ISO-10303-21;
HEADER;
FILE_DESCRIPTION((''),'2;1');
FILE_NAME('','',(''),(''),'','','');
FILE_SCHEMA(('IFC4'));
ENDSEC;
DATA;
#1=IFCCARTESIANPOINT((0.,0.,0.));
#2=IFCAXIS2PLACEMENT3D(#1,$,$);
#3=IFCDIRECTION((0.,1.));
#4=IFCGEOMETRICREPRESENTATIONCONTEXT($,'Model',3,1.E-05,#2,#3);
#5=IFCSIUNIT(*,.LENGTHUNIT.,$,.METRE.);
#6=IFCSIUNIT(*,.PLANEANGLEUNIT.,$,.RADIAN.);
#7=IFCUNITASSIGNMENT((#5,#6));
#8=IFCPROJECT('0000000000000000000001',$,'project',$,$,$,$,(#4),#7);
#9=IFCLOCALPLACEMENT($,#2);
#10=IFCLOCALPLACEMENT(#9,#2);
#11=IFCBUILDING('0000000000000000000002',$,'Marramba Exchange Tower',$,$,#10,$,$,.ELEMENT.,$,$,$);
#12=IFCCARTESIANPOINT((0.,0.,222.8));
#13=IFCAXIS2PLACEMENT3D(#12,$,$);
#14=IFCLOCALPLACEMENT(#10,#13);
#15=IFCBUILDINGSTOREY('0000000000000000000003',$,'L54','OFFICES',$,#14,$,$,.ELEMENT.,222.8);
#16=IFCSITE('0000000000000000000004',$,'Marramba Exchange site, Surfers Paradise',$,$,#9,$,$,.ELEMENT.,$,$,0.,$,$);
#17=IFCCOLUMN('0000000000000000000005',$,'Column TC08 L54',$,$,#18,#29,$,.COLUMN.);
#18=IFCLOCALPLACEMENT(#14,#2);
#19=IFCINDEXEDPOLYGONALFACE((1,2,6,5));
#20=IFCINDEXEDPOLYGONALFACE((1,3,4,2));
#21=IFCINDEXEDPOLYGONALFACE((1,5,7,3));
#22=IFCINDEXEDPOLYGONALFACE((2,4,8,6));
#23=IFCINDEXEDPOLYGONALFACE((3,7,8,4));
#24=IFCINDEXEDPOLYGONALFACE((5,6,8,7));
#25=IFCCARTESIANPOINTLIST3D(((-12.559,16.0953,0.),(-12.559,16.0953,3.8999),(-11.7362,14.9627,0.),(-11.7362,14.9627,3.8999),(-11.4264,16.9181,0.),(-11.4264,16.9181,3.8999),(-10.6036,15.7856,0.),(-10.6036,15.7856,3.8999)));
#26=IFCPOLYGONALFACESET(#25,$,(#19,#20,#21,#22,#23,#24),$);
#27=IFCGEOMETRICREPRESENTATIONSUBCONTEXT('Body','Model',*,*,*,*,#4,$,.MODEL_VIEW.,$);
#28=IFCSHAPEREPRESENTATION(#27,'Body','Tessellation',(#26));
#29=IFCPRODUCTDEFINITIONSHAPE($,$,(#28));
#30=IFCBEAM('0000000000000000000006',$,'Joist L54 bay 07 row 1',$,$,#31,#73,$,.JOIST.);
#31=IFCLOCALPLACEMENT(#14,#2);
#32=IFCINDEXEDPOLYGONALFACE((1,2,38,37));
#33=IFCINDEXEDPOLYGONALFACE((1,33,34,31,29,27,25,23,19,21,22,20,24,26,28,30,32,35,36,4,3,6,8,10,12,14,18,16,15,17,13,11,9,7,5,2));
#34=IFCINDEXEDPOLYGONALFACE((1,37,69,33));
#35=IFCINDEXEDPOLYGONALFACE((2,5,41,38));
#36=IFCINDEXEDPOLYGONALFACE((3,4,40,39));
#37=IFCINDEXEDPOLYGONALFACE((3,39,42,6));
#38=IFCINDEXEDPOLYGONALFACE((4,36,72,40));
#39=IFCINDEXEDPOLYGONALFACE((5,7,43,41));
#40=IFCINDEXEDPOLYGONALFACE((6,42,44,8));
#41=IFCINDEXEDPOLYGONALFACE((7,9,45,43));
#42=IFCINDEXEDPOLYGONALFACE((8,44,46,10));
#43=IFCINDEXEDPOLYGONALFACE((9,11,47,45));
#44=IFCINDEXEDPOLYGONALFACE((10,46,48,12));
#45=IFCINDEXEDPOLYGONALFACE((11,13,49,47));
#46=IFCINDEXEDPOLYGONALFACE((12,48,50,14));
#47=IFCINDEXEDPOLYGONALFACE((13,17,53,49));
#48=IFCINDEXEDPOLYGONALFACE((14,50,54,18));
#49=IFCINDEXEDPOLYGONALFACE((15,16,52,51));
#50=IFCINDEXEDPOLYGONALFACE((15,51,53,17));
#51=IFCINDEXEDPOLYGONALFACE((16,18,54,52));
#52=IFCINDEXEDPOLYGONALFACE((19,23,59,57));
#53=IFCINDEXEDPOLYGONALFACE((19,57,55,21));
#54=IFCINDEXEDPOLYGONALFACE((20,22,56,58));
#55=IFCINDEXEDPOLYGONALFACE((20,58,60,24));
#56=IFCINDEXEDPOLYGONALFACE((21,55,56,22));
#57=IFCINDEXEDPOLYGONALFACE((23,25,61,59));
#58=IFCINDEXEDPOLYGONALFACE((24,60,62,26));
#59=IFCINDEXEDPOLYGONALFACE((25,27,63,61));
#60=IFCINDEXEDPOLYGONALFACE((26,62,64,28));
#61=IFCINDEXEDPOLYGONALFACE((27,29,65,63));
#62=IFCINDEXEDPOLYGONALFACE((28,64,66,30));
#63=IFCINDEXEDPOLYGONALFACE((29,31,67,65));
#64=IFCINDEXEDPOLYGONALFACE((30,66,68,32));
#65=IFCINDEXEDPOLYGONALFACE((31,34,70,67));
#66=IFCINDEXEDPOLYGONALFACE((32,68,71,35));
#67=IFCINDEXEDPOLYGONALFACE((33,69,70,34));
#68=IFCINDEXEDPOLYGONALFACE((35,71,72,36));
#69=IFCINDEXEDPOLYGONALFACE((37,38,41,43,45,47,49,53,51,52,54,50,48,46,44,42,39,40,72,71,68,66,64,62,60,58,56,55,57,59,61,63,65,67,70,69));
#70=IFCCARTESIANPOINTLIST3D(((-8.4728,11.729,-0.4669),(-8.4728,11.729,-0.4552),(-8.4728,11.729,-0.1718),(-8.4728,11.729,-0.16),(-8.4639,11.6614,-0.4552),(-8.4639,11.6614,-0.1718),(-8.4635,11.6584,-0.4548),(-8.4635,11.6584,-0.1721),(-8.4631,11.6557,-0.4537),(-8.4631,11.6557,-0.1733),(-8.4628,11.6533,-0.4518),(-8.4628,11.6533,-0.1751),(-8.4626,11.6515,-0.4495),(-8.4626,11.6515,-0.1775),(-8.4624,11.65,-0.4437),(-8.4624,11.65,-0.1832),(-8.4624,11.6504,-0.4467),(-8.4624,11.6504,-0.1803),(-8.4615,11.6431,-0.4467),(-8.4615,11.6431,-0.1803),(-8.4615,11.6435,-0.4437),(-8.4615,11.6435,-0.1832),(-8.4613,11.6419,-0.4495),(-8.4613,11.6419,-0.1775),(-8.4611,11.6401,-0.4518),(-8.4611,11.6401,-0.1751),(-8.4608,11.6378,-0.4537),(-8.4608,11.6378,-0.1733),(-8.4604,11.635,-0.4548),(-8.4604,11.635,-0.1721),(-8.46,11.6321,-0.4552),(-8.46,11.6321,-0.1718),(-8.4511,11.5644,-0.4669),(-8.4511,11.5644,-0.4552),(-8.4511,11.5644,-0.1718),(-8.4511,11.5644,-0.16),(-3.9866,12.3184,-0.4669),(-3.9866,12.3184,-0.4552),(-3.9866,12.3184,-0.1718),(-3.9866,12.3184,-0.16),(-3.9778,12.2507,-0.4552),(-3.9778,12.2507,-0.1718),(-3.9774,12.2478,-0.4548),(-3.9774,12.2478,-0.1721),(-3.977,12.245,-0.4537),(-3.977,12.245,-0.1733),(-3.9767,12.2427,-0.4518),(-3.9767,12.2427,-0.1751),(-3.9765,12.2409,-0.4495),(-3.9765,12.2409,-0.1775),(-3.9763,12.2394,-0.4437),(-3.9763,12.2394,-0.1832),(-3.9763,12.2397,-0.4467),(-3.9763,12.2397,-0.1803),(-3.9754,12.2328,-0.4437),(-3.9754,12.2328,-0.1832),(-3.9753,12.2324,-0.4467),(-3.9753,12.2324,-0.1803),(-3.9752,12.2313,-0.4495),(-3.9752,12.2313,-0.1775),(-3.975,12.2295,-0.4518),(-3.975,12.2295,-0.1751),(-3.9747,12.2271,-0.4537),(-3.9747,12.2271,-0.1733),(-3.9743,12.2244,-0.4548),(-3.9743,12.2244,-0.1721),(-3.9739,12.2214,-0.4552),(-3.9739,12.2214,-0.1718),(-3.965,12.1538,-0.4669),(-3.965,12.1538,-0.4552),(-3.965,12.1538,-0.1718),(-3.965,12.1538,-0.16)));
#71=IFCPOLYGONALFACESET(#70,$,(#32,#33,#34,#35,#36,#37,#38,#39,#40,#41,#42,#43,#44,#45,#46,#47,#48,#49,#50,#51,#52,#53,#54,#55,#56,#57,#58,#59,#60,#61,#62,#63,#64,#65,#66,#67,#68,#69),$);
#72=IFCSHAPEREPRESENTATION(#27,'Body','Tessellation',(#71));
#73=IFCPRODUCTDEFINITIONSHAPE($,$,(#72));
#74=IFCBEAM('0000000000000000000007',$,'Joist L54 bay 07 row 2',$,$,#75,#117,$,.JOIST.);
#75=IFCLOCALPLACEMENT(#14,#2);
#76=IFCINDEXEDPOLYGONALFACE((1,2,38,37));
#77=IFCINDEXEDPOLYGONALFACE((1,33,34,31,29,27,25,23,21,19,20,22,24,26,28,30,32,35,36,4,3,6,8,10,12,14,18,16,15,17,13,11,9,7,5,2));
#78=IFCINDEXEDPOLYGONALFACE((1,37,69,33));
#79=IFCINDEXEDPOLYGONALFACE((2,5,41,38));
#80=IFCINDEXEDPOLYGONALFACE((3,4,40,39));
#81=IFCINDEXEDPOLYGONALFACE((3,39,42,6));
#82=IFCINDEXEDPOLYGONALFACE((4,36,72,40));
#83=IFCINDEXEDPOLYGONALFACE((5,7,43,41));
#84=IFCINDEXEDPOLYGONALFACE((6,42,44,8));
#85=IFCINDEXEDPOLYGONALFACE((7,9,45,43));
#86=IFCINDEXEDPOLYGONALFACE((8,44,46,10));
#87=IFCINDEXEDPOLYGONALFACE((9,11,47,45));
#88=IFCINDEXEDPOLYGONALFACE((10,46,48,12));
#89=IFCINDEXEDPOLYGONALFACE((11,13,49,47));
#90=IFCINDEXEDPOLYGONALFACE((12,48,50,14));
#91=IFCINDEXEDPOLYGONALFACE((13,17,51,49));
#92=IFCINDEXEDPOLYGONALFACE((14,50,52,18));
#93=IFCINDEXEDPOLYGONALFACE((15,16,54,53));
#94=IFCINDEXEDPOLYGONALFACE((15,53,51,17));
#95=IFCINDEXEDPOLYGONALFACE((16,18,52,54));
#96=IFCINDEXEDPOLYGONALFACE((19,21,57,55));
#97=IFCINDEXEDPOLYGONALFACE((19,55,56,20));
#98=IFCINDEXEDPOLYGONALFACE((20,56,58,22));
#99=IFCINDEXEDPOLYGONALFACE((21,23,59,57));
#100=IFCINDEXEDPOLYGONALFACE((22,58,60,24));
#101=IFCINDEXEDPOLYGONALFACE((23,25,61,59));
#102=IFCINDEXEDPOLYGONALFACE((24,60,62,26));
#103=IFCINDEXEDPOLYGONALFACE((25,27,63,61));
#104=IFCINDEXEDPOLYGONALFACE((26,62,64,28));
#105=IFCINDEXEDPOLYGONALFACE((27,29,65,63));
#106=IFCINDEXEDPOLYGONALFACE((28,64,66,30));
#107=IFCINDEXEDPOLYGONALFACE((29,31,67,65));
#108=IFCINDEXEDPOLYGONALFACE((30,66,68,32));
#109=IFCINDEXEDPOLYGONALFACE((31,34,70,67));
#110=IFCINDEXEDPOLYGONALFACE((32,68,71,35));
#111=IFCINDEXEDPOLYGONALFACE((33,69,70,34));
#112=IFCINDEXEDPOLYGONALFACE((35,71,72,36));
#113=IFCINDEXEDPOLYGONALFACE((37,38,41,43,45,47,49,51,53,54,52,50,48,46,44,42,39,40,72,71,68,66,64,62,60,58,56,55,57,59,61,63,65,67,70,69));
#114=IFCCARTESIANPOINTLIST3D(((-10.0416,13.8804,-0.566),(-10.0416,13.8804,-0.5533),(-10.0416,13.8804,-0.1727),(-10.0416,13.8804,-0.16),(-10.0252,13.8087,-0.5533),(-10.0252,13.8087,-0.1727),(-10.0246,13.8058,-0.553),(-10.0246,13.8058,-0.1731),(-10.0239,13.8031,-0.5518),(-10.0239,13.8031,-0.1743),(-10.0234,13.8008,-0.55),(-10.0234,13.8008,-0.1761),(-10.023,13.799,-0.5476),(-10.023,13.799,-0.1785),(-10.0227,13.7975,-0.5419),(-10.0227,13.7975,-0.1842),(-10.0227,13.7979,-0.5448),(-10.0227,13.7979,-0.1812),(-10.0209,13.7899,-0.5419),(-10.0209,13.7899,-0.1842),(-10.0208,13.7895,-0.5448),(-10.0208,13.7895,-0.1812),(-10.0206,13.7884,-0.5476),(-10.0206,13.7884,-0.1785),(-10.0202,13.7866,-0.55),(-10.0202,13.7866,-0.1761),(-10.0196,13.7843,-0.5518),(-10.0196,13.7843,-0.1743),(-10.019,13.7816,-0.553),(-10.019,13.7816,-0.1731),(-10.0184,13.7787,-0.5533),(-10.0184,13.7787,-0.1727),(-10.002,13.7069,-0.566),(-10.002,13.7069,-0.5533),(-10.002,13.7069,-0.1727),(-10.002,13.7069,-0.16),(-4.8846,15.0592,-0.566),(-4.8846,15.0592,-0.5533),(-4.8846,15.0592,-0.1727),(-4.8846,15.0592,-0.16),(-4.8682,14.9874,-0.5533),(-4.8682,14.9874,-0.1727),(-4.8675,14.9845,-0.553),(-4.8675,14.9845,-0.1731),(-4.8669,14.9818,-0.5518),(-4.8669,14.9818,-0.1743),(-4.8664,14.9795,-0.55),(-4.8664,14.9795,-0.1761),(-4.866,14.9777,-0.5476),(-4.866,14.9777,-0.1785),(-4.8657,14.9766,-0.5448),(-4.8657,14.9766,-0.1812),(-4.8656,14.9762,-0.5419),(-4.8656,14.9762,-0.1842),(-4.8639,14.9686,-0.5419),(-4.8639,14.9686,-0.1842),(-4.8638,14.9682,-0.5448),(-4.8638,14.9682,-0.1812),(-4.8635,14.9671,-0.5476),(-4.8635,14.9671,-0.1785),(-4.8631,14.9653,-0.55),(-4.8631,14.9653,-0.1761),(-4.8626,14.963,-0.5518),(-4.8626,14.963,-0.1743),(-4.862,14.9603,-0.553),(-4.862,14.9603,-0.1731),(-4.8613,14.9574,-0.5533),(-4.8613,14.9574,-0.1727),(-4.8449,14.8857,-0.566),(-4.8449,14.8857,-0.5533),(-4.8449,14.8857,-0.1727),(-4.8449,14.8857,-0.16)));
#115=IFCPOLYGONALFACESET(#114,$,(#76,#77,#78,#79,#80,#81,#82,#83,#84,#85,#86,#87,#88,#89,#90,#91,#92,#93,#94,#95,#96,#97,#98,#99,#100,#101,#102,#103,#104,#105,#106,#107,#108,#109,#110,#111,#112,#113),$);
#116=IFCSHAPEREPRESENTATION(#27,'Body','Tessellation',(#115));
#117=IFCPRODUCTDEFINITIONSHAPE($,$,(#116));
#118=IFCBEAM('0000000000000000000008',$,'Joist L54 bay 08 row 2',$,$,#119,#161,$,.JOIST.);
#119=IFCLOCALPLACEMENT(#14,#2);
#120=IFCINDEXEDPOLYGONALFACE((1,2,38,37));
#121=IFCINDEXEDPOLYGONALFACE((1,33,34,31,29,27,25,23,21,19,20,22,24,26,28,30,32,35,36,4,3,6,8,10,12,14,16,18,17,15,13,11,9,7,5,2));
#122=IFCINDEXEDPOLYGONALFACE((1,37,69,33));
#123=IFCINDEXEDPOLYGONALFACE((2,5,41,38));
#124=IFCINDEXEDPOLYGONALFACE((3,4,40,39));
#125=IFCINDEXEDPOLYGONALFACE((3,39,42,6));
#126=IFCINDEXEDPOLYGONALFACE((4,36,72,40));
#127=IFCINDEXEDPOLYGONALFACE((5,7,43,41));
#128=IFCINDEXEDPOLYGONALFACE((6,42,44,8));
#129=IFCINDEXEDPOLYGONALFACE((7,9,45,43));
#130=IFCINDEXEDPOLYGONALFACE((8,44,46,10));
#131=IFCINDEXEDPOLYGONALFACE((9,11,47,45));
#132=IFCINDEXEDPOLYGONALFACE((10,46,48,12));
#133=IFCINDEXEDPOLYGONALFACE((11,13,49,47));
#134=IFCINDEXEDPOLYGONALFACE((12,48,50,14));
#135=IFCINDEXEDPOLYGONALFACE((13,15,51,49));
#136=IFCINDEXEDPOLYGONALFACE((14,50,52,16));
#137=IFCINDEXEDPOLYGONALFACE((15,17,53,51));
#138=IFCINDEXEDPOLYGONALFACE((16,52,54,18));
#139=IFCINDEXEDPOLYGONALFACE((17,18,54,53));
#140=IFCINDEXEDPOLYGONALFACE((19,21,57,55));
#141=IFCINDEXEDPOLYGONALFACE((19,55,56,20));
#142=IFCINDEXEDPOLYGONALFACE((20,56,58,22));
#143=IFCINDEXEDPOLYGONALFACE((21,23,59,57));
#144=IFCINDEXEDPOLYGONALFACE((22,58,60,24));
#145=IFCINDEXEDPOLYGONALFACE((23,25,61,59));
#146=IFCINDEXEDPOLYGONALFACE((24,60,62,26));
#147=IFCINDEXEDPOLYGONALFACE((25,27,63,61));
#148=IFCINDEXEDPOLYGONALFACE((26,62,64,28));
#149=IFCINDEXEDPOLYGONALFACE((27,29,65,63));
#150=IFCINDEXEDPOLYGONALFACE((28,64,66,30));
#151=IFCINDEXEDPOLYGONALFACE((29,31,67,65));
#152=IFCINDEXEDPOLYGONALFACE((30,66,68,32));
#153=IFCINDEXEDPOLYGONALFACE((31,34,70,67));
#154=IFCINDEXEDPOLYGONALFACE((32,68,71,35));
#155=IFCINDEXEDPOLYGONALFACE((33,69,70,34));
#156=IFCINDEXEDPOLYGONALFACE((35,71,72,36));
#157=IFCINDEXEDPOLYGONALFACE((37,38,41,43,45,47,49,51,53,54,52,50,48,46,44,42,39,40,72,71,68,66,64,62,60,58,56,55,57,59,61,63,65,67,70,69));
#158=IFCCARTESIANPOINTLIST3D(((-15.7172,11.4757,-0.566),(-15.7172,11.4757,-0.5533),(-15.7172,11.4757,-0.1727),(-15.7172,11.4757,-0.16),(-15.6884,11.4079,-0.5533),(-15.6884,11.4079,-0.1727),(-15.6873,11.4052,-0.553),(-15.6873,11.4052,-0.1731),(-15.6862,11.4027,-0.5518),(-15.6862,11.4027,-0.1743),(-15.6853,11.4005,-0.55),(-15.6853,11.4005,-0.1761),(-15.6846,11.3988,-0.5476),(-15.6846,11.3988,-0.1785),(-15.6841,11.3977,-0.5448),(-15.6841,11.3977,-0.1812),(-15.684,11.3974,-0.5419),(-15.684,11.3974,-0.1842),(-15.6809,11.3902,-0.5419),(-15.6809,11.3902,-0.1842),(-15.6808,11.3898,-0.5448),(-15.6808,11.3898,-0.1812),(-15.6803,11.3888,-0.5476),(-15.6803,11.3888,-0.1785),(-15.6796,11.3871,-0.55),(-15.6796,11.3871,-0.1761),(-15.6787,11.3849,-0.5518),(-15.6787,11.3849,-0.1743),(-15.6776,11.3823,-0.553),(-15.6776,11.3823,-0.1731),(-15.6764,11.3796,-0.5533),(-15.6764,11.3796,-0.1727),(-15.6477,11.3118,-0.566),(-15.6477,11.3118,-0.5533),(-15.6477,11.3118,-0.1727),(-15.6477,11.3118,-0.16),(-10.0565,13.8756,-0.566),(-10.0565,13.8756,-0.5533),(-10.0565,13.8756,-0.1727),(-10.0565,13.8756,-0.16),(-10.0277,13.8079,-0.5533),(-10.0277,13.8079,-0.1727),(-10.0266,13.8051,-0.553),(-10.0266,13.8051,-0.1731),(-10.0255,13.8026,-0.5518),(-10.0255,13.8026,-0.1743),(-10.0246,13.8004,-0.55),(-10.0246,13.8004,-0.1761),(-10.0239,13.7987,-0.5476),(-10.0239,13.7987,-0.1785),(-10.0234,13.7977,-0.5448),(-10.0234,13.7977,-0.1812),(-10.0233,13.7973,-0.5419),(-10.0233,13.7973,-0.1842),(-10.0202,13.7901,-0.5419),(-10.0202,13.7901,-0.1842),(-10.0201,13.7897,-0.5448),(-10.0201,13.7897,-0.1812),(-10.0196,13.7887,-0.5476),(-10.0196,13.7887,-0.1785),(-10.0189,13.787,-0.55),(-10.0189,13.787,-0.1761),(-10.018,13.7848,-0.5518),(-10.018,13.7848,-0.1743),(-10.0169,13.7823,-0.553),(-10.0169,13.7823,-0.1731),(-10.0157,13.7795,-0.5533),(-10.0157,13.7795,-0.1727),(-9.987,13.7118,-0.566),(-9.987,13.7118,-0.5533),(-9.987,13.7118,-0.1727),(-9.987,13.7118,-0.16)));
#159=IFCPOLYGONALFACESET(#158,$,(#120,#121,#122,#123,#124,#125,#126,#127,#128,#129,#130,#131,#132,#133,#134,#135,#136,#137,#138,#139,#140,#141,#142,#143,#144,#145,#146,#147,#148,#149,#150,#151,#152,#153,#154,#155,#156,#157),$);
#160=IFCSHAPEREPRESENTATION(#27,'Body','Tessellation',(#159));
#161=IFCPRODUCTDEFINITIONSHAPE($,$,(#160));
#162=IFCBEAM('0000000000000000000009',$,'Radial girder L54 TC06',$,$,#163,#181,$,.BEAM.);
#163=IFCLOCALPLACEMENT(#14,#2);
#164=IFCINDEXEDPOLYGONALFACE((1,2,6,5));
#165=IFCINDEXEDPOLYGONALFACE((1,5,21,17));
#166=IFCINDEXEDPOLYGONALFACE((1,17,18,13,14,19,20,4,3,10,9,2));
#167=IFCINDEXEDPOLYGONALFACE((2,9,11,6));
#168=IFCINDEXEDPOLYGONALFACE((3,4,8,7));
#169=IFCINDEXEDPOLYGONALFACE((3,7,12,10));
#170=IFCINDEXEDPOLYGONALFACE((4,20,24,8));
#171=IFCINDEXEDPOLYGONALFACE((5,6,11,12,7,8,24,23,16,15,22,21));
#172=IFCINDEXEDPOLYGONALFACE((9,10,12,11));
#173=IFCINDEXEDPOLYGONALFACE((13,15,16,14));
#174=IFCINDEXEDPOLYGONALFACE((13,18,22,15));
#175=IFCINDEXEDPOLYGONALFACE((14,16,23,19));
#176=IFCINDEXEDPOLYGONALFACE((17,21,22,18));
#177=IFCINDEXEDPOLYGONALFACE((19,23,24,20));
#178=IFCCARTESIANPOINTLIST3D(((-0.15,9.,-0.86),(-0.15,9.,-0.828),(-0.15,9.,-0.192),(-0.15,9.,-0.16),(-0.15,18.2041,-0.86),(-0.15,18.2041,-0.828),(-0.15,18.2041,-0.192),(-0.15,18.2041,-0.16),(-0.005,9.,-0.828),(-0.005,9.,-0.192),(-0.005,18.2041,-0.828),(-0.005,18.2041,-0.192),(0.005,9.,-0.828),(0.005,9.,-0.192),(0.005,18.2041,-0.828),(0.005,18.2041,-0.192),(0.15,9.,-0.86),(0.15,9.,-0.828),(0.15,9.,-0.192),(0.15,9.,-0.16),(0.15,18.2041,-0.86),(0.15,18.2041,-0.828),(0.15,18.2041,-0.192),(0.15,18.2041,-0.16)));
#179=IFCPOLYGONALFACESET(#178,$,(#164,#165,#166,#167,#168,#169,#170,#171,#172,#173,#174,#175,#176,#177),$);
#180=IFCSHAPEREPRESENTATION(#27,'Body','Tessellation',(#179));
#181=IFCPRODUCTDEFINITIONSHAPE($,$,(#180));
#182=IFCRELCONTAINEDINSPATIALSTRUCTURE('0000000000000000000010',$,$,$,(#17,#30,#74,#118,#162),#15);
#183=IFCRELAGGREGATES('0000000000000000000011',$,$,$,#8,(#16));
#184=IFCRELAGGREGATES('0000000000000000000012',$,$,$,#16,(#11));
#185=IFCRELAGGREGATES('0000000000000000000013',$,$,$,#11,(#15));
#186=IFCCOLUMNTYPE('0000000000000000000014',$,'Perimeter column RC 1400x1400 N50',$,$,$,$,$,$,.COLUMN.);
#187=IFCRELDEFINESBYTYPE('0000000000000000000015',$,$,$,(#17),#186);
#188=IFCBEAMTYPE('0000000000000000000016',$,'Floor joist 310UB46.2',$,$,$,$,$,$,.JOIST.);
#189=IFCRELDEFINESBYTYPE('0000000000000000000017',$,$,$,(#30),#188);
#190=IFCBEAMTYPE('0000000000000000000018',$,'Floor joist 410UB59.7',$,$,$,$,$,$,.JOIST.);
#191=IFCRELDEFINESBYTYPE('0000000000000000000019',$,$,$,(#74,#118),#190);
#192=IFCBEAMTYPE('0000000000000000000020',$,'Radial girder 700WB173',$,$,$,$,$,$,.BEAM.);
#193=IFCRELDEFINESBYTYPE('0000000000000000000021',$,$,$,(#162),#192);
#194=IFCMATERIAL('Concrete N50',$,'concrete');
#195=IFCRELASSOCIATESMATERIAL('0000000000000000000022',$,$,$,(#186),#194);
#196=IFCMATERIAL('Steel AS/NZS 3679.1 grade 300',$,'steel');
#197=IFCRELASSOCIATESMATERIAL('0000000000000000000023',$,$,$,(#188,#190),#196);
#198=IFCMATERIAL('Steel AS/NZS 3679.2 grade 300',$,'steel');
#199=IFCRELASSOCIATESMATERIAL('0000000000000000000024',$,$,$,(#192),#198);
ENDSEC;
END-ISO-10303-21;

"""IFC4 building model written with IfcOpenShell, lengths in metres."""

from ifc_helpers import new_model, si_unit, direction, frame, origin, origin_2d, place, context, subcontext, project, spatial, rectangle, i_section, extrude, material, material_profile, profile_set, type_object, element, save


model = new_model("IFC4")

# Units and contexts
model_context = context("Model", 3, precision=1e-05, world=origin(), true_north=direction((0.0, 1.0)))
body_context = subcontext(model_context, "Body", "Model", "MODEL_VIEW")
ifc_project = project(units=[si_unit("LENGTHUNIT", "METRE"), si_unit("PLANEANGLEUNIT", "RADIAN")], contexts=[model_context])

# Site, building, storey
site_placement = place(None, origin())
site = spatial("IfcSite", under=ifc_project, at=site_placement, Name="Marramba Exchange site, Surfers Paradise", CompositionType="ELEMENT", RefElevation=0.0)
building_placement = place(site_placement, origin())
building = spatial("IfcBuilding", under=site, at=building_placement, Name="Marramba Exchange Tower", CompositionType="ELEMENT")
storey_placement = place(building_placement, frame((0.0, 0.0, 222.8)))
storey = spatial("IfcBuildingStorey", under=building, at=storey_placement, Name="L54", Description="OFFICES", CompositionType="ELEMENT", Elevation=222.8)

# Column
ifc_material_1 = material(Name="Concrete N50", Category="concrete")
ifc_material_profile_1 = material_profile(ifc_material_1, rectangle(XDim=1.3999, YDim=1.3999, at=origin_2d()), Name="RC 1400x1400")
ifc_profile_set_1 = profile_set([ifc_material_profile_1], Name="Concrete N50")
column_type = type_object("IfcColumnType", Name="Perimeter column RC 1400x1400 N50", PredefinedType="COLUMN", material=ifc_profile_set_1)
column_placement = place(storey_placement, frame((-11.5813, 15.9404, 0.0), z_axis=(0.0, 0.0, 1.0), x_axis=(-0.587785, 0.809017, 0.0)))
element("IfcColumn", 1, at=column_placement, inside=storey, type_object=column_type, Name="Column TC08 L54", PredefinedType="COLUMN", context=body_context, shape_type="SweptSolid", body=[
    extrude(rectangle(XDim=1.3999, YDim=1.3999, at=origin_2d()), origin(), (0.0, 0.0, 1.0), 3.8999),
])

# Beams
ifc_material_2 = material(Name="Steel AS/NZS 3679.1 grade 300", Category="steel")
ifc_material_profile_2 = material_profile(ifc_material_2, i_section(OverallWidth=0.166, OverallDepth=0.3069, WebThickness=0.0066, FlangeThickness=0.0117, FilletRadius=0.0115, at=origin_2d()), Name="310UB46.2")
ifc_profile_set_2 = profile_set([ifc_material_profile_2], Name="Steel AS/NZS 3679.1 grade 300")
beam_type_1 = type_object("IfcBeamType", Name="Floor joist 310UB46.2", PredefinedType="JOIST", material=ifc_profile_set_2)
beam_1_placement = place(storey_placement, frame((-3.9758, 12.2361, -0.3135), z_axis=(-0.991481, -0.130255, 0.0), x_axis=(0.130255, -0.991481, 0.0)))
element("IfcBeam", 2, at=beam_1_placement, inside=storey, type_object=beam_type_1, Name="Joist L54 bay 07 row 1", PredefinedType="JOIST", context=body_context, shape_type="SweptSolid", body=[
    extrude(i_section(OverallWidth=0.166, OverallDepth=0.3069, WebThickness=0.0066, FlangeThickness=0.0117, FilletRadius=0.0115, at=origin_2d()), origin(), (0.0, 0.0, 1.0), 4.5247),
])
ifc_material_profile_3 = material_profile(ifc_material_2, i_section(OverallWidth=0.178, OverallDepth=0.406, WebThickness=0.0078, FlangeThickness=0.0127, FilletRadius=0.0115, at=origin_2d()), Name="410UB59.7")
ifc_profile_set_3 = profile_set([ifc_material_profile_3], Name="Steel AS/NZS 3679.1 grade 300")
beam_type_2 = type_object("IfcBeamType", Name="Floor joist 410UB59.7", PredefinedType="JOIST", material=ifc_profile_set_3)
beam_2_placement = place(storey_placement, frame((-4.8647, 14.9724, -0.363), z_axis=(-0.97486, -0.22282, 0.0), x_axis=(0.22282, -0.97486, 0.0)))
element("IfcBeam", 3, at=beam_2_placement, inside=storey, type_object=beam_type_2, Name="Joist L54 bay 07 row 2", PredefinedType="JOIST", context=body_context, shape_type="SweptSolid", body=[
    extrude(i_section(OverallWidth=0.178, OverallDepth=0.406, WebThickness=0.0078, FlangeThickness=0.0127, FilletRadius=0.0115, at=origin_2d()), origin(), (0.0, 0.0, 1.0), 5.29),
])
beam_3_placement = place(storey_placement, frame((-10.0217, 13.7937, -0.363), z_axis=(-0.920674, -0.390332, 0.0), x_axis=(0.390332, -0.920674, 0.0)))
element("IfcBeam", 4, at=beam_3_placement, inside=storey, type_object=beam_type_2, Name="Joist L54 bay 08 row 2", PredefinedType="JOIST", context=body_context, shape_type="SweptSolid", body=[
    extrude(i_section(OverallWidth=0.178, OverallDepth=0.406, WebThickness=0.0078, FlangeThickness=0.0127, FilletRadius=0.0115, at=origin_2d()), origin(), (0.0, 0.0, 1.0), 6.1484),
])
ifc_material_3 = material(Name="Steel AS/NZS 3679.2 grade 300", Category="steel")
ifc_material_profile_4 = material_profile(ifc_material_3, i_section(OverallWidth=0.3, OverallDepth=0.7, WebThickness=0.01, FlangeThickness=0.032, at=origin_2d()), Name="700WB173")
ifc_profile_set_4 = profile_set([ifc_material_profile_4], Name="Steel AS/NZS 3679.2 grade 300")
beam_type_3 = type_object("IfcBeamType", Name="Radial girder 700WB173", PredefinedType="BEAM", material=ifc_profile_set_4)
beam_4_placement = place(storey_placement, frame((0.0, 9.0, -0.51), z_axis=(0.0, 1.0, 0.0), x_axis=(-1.0, 0.0, 0.0)))
element("IfcBeam", 5, at=beam_4_placement, inside=storey, type_object=beam_type_3, Name="Radial girder L54 TC06", PredefinedType="BEAM", context=body_context, shape_type="SweptSolid", body=[
    extrude(i_section(OverallWidth=0.3, OverallDepth=0.7, WebThickness=0.01, FlangeThickness=0.032, at=origin_2d()), origin(), (0.0, 0.0, 1.0), 9.2041),
])

save(model, "model.ifc")
